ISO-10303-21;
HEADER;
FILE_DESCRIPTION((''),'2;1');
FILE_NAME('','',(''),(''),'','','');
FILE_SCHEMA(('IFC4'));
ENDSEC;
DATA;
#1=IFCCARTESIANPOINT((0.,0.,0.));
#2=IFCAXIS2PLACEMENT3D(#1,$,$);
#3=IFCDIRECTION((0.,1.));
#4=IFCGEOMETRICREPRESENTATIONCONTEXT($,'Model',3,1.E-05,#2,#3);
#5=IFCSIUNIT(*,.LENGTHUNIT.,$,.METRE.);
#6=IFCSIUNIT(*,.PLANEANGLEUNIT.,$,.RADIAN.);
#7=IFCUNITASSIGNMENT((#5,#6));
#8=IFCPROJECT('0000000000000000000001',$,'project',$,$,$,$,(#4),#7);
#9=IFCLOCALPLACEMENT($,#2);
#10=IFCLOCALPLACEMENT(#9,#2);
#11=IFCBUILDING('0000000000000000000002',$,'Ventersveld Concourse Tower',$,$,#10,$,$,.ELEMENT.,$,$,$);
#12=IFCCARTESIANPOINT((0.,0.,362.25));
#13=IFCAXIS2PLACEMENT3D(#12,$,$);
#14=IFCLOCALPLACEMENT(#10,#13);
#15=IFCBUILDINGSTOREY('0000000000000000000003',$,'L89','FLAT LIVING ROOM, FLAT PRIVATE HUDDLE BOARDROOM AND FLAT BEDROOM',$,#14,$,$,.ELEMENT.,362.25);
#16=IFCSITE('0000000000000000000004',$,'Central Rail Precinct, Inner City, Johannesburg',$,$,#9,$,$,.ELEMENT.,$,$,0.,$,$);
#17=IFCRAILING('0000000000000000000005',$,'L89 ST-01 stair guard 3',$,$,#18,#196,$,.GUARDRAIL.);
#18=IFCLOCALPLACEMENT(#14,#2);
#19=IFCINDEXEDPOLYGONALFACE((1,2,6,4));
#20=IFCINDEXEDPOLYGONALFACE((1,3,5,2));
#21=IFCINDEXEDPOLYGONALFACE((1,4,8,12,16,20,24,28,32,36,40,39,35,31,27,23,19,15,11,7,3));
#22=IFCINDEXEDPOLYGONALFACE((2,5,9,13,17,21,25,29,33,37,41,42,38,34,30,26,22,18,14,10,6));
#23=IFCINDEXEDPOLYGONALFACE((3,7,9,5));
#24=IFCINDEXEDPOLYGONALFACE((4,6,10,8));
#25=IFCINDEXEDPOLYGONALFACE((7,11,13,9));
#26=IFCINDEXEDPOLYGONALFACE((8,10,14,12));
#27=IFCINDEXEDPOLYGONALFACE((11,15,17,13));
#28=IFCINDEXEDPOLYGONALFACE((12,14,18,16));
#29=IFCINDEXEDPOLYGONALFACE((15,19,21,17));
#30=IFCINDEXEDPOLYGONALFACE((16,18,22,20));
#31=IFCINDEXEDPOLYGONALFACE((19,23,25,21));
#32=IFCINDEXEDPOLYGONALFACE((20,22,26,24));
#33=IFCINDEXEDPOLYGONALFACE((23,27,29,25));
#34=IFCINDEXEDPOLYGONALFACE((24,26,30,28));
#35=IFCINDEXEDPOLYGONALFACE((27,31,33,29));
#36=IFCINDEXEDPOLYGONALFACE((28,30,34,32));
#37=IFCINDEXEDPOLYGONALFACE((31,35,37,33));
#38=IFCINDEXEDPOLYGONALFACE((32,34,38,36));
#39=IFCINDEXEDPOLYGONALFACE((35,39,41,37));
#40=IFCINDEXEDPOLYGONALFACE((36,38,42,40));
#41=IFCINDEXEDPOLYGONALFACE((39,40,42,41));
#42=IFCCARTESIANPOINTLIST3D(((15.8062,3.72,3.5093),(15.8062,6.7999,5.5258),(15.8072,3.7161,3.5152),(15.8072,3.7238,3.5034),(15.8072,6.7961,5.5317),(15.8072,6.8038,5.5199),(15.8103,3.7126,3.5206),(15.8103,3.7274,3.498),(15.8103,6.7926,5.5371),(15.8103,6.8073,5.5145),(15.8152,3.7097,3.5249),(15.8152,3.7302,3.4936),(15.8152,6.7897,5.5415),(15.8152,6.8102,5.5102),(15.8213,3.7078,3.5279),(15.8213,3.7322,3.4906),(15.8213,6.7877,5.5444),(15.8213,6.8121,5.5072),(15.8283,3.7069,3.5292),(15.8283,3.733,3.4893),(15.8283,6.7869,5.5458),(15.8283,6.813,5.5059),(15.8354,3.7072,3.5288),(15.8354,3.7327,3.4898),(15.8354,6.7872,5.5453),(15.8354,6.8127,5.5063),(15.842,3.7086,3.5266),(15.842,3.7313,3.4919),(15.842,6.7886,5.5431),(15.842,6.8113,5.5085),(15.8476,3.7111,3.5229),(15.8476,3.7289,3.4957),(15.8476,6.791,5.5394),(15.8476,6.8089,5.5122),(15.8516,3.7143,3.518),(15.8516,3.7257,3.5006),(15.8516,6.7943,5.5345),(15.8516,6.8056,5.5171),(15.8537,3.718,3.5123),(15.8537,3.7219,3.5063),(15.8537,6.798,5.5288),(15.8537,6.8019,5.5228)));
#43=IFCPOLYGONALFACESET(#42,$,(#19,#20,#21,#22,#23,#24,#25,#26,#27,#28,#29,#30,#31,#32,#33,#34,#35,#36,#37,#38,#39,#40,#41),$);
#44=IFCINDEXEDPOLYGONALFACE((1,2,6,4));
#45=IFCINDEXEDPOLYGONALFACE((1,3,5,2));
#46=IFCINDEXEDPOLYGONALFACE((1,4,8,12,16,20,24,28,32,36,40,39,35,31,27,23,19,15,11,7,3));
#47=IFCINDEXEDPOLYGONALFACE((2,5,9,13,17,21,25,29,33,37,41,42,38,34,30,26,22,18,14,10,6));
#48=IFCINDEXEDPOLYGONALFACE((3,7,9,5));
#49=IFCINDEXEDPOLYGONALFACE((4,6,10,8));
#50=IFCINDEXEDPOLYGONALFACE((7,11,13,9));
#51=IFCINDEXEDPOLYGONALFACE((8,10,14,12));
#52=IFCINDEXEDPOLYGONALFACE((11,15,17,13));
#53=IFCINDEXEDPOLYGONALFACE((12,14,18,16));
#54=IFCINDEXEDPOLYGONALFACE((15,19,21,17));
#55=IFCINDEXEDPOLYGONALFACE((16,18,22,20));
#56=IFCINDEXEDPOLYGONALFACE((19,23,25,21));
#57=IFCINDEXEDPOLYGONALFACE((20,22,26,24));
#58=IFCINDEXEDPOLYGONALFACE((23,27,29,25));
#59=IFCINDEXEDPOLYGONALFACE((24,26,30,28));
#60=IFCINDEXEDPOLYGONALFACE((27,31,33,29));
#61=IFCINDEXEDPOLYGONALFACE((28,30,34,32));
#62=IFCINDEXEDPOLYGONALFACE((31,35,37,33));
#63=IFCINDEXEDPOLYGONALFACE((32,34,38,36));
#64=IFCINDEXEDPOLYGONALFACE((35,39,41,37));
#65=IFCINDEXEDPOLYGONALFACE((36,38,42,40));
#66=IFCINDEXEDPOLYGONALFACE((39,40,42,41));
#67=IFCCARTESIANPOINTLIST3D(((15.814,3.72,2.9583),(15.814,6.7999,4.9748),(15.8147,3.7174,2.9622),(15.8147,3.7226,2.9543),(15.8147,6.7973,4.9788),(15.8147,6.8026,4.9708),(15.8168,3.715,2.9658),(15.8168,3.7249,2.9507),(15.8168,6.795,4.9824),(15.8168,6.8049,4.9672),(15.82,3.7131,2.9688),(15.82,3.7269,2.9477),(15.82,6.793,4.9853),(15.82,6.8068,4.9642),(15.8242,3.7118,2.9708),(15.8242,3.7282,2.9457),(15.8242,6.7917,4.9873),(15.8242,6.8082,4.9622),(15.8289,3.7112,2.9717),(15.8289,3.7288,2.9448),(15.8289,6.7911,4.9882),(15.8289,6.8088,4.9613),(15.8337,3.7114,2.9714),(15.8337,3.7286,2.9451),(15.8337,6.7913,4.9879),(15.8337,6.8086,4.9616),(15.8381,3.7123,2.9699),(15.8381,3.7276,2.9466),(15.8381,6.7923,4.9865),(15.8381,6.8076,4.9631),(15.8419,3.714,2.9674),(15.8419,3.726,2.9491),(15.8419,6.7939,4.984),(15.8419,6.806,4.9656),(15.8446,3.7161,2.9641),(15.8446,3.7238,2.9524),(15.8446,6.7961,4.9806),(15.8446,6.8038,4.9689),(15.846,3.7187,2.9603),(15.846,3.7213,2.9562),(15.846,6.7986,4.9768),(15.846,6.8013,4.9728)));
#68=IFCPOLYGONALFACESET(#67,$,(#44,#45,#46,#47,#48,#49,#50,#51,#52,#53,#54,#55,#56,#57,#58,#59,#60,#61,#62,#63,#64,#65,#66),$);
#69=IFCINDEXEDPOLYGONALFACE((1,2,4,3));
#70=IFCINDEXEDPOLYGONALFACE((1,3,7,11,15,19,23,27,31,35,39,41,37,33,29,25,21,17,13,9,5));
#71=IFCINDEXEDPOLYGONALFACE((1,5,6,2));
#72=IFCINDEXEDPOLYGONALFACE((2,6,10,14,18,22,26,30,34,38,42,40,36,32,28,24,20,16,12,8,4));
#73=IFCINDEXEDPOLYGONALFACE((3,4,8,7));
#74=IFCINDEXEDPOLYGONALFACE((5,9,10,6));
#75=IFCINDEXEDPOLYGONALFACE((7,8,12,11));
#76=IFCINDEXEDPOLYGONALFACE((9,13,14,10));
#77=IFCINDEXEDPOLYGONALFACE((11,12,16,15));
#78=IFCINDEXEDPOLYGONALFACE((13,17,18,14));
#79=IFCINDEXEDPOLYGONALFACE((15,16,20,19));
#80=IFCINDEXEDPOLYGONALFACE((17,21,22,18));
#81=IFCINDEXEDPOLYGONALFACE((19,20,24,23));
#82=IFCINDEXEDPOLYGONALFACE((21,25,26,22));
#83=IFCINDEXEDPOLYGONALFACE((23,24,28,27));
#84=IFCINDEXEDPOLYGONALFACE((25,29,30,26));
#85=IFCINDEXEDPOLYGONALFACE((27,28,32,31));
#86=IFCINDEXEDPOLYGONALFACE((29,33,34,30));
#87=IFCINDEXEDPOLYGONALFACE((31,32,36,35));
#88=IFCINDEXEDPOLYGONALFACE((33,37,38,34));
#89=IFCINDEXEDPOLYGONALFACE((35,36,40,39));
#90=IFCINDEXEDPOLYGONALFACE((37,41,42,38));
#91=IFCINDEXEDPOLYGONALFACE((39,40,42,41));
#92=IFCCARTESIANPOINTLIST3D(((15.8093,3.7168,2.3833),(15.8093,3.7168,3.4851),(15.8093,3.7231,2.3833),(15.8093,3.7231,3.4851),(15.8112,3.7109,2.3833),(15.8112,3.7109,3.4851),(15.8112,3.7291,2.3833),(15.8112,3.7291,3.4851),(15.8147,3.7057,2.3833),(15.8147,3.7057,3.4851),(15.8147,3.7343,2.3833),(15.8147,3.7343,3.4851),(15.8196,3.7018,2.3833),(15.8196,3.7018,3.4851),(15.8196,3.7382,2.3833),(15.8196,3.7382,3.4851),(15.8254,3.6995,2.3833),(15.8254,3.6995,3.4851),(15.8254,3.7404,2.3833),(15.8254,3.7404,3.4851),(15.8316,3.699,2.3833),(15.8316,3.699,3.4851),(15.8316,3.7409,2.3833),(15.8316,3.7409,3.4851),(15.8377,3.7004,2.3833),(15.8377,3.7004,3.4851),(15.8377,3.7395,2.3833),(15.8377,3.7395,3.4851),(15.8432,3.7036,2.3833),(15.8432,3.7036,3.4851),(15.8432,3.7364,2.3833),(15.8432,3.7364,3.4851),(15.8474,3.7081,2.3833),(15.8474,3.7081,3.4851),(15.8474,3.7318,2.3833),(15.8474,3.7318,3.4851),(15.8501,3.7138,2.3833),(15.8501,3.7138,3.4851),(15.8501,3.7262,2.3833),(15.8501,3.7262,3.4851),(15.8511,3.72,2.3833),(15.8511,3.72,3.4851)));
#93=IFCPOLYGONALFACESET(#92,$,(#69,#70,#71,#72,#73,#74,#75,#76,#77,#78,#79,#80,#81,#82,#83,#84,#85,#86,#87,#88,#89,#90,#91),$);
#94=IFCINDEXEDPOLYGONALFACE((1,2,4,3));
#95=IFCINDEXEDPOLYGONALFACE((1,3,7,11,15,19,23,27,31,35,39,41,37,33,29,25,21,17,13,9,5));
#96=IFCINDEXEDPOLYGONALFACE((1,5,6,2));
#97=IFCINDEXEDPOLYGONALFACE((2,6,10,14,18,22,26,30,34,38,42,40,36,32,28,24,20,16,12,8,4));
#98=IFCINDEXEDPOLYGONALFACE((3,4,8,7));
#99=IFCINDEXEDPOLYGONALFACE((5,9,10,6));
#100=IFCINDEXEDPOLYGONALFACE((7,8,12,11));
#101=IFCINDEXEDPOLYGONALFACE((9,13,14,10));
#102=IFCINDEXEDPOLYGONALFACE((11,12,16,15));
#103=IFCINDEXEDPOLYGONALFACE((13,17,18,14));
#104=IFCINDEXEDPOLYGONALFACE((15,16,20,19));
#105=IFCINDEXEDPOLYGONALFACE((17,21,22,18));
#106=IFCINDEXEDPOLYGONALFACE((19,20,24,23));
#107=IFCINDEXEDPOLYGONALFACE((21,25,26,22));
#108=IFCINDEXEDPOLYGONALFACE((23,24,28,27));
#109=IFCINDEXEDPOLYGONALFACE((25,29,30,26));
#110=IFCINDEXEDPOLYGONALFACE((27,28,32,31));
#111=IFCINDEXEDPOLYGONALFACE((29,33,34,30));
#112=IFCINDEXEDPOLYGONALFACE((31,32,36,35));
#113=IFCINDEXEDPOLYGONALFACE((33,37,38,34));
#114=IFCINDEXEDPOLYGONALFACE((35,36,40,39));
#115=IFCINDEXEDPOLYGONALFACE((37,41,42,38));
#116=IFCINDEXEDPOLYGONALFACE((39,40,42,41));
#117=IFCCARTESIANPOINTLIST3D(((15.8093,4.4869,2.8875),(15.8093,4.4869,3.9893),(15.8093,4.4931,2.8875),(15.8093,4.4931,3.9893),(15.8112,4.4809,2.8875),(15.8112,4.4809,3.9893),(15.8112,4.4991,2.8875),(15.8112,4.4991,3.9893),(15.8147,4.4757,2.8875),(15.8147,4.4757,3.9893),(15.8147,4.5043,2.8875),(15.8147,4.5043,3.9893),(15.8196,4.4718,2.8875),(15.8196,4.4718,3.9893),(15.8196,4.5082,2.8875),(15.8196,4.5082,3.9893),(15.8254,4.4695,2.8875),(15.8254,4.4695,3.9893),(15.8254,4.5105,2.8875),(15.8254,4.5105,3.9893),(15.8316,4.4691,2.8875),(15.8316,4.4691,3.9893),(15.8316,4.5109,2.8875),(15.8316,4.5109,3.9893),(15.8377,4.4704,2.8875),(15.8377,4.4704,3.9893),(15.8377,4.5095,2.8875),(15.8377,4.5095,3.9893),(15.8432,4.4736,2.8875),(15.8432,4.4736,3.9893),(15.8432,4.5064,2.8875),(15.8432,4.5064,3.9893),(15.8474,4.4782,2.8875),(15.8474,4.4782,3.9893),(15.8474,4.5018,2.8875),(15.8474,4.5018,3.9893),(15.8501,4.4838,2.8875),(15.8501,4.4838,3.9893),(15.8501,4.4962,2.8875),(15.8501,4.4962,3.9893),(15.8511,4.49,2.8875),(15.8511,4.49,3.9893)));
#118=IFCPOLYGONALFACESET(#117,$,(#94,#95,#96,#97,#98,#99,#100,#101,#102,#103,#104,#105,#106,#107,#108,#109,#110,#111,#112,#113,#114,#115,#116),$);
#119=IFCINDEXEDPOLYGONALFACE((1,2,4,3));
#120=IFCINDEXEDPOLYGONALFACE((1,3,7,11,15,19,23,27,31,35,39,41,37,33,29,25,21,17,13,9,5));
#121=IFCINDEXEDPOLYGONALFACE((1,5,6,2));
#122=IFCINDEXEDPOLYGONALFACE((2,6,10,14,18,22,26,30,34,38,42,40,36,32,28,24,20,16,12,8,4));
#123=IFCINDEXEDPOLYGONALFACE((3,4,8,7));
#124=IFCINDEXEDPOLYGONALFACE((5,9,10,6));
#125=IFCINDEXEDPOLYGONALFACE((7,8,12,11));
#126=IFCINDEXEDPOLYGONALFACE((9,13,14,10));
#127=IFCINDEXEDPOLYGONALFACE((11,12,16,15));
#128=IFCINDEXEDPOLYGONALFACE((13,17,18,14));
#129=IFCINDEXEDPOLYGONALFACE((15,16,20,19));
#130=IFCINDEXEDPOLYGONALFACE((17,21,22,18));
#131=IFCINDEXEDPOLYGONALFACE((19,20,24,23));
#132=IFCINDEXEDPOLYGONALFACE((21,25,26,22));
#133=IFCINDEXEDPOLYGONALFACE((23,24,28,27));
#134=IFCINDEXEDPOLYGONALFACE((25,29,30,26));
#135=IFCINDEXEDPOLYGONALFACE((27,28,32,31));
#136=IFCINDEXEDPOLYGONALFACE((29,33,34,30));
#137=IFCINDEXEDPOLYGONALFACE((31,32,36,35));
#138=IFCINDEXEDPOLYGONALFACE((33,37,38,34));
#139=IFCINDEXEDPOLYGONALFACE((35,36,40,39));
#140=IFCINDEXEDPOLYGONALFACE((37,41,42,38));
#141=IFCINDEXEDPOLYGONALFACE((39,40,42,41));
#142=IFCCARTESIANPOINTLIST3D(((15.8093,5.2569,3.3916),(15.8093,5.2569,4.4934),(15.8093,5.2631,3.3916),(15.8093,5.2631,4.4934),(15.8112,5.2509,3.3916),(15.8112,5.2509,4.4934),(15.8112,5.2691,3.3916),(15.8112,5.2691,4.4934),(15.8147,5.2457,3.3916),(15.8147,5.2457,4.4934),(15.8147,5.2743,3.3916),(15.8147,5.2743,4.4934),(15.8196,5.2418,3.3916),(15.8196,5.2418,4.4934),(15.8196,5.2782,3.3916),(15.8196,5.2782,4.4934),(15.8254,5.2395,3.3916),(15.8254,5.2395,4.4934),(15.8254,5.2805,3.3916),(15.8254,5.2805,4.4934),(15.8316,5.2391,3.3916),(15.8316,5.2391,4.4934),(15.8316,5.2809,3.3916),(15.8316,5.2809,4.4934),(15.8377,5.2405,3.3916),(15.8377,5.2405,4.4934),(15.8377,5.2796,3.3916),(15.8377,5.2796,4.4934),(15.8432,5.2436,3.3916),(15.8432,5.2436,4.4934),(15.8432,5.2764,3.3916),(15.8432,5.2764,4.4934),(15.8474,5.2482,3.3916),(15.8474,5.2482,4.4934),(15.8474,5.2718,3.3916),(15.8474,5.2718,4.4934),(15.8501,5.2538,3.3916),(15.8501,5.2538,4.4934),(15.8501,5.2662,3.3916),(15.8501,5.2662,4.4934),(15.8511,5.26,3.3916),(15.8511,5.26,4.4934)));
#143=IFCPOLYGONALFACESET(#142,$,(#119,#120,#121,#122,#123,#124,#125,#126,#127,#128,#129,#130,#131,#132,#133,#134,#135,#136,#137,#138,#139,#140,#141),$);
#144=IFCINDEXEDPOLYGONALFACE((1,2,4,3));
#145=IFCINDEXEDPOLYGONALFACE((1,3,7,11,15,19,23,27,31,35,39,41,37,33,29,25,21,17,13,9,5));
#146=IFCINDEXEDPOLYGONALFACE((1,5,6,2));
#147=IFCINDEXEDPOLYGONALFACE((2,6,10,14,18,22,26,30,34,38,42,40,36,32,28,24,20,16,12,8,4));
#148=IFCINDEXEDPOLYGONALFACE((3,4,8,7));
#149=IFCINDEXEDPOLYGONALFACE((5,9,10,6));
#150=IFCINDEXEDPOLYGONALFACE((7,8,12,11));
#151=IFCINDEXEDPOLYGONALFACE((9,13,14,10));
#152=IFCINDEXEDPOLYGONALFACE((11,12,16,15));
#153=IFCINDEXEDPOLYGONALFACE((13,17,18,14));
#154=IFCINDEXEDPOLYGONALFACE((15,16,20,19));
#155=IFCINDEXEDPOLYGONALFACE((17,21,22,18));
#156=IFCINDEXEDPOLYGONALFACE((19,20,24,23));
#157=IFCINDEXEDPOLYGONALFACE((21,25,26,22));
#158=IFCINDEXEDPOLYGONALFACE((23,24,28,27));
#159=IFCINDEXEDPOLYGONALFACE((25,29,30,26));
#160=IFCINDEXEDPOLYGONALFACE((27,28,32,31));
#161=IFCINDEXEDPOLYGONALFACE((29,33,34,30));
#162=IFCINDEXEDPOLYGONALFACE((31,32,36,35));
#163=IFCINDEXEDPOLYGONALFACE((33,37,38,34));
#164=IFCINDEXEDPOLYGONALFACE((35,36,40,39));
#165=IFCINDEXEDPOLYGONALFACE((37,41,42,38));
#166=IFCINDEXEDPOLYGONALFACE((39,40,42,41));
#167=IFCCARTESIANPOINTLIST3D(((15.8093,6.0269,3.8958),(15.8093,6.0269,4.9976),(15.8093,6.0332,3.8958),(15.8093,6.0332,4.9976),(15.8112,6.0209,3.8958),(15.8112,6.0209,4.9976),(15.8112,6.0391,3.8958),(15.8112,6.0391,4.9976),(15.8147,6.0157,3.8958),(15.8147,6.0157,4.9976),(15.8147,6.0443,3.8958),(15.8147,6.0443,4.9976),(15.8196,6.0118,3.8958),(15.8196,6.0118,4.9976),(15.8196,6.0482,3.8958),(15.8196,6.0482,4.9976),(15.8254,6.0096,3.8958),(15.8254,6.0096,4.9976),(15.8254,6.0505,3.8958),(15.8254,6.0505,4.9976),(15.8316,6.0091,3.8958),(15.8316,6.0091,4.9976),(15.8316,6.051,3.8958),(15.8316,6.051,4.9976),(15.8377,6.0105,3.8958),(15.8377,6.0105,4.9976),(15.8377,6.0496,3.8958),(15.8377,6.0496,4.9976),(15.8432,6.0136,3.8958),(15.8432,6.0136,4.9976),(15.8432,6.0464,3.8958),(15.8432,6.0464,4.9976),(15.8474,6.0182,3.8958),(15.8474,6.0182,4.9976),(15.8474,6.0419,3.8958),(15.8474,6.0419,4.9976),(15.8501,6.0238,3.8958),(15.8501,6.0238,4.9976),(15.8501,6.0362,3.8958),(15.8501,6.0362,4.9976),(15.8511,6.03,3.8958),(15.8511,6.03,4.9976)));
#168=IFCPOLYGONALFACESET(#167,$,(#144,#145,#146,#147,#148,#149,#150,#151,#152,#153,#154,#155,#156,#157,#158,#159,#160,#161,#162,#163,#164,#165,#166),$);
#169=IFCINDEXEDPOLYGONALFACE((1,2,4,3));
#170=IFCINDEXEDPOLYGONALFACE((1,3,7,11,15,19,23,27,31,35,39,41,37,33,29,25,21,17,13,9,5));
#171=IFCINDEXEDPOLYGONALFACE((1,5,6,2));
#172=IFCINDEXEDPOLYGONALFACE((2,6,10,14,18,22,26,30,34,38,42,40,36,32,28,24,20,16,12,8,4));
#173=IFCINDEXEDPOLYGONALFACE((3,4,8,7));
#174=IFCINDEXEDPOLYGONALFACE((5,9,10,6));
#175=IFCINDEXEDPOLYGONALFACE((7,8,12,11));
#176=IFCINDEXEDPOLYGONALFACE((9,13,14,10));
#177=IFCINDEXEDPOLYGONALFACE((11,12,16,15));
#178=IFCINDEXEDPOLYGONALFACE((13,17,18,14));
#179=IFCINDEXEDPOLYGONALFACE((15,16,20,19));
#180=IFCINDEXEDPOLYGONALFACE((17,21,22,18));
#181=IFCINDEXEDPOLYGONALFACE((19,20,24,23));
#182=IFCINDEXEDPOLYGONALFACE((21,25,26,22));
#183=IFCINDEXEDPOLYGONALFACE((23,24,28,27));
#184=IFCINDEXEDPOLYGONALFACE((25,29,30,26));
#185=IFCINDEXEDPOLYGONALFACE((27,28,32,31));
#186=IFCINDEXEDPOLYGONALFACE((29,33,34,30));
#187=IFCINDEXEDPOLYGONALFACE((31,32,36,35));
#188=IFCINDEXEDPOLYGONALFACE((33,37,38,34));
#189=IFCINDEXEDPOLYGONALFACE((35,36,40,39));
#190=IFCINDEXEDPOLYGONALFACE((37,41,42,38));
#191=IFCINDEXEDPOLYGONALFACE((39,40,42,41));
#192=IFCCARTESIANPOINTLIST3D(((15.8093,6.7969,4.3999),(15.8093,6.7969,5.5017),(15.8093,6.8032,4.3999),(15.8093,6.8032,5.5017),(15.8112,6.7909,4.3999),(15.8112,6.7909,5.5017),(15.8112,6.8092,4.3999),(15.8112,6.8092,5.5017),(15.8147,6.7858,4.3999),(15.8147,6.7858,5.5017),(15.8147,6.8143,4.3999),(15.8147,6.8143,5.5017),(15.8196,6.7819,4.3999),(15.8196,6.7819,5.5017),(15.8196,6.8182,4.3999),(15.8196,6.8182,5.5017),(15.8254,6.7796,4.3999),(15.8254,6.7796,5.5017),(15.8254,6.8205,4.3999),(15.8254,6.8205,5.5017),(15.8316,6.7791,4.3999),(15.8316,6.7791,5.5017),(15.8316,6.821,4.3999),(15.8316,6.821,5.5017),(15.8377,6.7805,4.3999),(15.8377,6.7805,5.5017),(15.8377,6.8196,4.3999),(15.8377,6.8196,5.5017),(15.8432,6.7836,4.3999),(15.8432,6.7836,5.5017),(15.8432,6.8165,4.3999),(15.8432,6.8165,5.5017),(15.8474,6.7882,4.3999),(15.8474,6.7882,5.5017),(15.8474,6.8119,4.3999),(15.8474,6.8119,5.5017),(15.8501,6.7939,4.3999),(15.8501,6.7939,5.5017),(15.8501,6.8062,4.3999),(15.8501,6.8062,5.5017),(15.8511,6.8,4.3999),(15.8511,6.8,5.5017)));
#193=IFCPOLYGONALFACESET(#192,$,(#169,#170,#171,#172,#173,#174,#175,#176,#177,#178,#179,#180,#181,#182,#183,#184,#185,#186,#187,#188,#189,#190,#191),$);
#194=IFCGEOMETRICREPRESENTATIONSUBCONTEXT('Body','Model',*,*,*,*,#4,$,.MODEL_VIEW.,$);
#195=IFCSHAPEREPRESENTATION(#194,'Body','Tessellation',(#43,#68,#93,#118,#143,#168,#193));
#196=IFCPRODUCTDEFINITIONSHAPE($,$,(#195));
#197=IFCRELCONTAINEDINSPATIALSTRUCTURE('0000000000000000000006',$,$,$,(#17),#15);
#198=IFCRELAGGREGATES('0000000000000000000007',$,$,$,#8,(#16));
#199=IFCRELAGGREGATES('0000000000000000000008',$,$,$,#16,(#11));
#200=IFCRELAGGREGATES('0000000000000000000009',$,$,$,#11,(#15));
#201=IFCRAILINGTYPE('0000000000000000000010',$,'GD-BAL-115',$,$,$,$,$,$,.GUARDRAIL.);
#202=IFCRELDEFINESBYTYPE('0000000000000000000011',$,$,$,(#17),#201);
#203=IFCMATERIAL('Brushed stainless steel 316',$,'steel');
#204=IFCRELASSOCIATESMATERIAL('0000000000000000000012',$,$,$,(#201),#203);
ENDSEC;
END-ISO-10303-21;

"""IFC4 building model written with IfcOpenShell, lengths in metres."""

from ifc_helpers import new_model, si_unit, direction, frame, origin, origin_2d, place, context, subcontext, project, spatial, circle, extrude, material, type_object, element, save


model = new_model("IFC4")

# Units and contexts
model_context = context("Model", 3, precision=1e-05, world=origin(), true_north=direction((0.0, 1.0)))
body_context = subcontext(model_context, "Body", "Model", "MODEL_VIEW")
ifc_project = project(units=[si_unit("LENGTHUNIT", "METRE"), si_unit("PLANEANGLEUNIT", "RADIAN")], contexts=[model_context])

# Site, building, storey
site_placement = place(None, origin())
site = spatial("IfcSite", under=ifc_project, at=site_placement, Name="Central Rail Precinct, Inner City, Johannesburg", CompositionType="ELEMENT", RefElevation=0.0)
building_placement = place(site_placement, origin())
building = spatial("IfcBuilding", under=site, at=building_placement, Name="Ventersveld Concourse Tower", CompositionType="ELEMENT")
storey_placement = place(building_placement, frame((0.0, 0.0, 362.25)))
storey = spatial("IfcBuildingStorey", under=building, at=storey_placement, Name="L89", Description="FLAT LIVING ROOM, FLAT PRIVATE HUDDLE BOARDROOM AND FLAT BEDROOM", CompositionType="ELEMENT", Elevation=362.25)

# Shared definitions
ifc_material_1 = material(Name="Brushed stainless steel 316", Category="steel")

# Railing
railing_type_1 = type_object("IfcRailingType", Name="GD-BAL-115", PredefinedType="GUARDRAIL", material=ifc_material_1)
railing_1_placement = place(storey_placement, frame((15.8301, 3.72, 2.3833)))
element("IfcRailing", 1, at=railing_1_placement, inside=storey, type_object=railing_type_1, Name="L89 ST-01 stair guard 3", PredefinedType="GUARDRAIL", context=body_context, shape_type="SweptSolid", body=[
    extrude(circle(Radius=0.0239, at=origin_2d()), frame((0.0, 0.0, 1.126), z_axis=(0.0, 0.836633, 0.547764), x_axis=(-1.0, 0.0, 0.0)), (0.0, 0.0, 1.0), 3.6814),
    extrude(circle(Radius=0.0161, at=origin_2d()), frame((0.0, 0.0, 0.575), z_axis=(0.0, 0.836633, 0.547764), x_axis=(-1.0, 0.0, 0.0)), (0.0, 0.0, 1.0), 3.6814),
    extrude(circle(Radius=0.021, at=origin_2d()), origin(), (0.0, 0.0, 1.0), 1.1018),
    extrude(circle(Radius=0.021, at=origin_2d()), frame((0.0, 0.77, 0.5042)), (0.0, 0.0, 1.0), 1.1018),
    extrude(circle(Radius=0.021, at=origin_2d()), frame((0.0, 1.54, 1.0083)), (0.0, 0.0, 1.0), 1.1018),
    extrude(circle(Radius=0.021, at=origin_2d()), frame((0.0, 2.3101, 1.5125)), (0.0, 0.0, 1.0), 1.1018),
    extrude(circle(Radius=0.021, at=origin_2d()), frame((0.0, 3.0801, 2.0166)), (0.0, 0.0, 1.0), 1.1018),
])

save(model, "model.ifc")
